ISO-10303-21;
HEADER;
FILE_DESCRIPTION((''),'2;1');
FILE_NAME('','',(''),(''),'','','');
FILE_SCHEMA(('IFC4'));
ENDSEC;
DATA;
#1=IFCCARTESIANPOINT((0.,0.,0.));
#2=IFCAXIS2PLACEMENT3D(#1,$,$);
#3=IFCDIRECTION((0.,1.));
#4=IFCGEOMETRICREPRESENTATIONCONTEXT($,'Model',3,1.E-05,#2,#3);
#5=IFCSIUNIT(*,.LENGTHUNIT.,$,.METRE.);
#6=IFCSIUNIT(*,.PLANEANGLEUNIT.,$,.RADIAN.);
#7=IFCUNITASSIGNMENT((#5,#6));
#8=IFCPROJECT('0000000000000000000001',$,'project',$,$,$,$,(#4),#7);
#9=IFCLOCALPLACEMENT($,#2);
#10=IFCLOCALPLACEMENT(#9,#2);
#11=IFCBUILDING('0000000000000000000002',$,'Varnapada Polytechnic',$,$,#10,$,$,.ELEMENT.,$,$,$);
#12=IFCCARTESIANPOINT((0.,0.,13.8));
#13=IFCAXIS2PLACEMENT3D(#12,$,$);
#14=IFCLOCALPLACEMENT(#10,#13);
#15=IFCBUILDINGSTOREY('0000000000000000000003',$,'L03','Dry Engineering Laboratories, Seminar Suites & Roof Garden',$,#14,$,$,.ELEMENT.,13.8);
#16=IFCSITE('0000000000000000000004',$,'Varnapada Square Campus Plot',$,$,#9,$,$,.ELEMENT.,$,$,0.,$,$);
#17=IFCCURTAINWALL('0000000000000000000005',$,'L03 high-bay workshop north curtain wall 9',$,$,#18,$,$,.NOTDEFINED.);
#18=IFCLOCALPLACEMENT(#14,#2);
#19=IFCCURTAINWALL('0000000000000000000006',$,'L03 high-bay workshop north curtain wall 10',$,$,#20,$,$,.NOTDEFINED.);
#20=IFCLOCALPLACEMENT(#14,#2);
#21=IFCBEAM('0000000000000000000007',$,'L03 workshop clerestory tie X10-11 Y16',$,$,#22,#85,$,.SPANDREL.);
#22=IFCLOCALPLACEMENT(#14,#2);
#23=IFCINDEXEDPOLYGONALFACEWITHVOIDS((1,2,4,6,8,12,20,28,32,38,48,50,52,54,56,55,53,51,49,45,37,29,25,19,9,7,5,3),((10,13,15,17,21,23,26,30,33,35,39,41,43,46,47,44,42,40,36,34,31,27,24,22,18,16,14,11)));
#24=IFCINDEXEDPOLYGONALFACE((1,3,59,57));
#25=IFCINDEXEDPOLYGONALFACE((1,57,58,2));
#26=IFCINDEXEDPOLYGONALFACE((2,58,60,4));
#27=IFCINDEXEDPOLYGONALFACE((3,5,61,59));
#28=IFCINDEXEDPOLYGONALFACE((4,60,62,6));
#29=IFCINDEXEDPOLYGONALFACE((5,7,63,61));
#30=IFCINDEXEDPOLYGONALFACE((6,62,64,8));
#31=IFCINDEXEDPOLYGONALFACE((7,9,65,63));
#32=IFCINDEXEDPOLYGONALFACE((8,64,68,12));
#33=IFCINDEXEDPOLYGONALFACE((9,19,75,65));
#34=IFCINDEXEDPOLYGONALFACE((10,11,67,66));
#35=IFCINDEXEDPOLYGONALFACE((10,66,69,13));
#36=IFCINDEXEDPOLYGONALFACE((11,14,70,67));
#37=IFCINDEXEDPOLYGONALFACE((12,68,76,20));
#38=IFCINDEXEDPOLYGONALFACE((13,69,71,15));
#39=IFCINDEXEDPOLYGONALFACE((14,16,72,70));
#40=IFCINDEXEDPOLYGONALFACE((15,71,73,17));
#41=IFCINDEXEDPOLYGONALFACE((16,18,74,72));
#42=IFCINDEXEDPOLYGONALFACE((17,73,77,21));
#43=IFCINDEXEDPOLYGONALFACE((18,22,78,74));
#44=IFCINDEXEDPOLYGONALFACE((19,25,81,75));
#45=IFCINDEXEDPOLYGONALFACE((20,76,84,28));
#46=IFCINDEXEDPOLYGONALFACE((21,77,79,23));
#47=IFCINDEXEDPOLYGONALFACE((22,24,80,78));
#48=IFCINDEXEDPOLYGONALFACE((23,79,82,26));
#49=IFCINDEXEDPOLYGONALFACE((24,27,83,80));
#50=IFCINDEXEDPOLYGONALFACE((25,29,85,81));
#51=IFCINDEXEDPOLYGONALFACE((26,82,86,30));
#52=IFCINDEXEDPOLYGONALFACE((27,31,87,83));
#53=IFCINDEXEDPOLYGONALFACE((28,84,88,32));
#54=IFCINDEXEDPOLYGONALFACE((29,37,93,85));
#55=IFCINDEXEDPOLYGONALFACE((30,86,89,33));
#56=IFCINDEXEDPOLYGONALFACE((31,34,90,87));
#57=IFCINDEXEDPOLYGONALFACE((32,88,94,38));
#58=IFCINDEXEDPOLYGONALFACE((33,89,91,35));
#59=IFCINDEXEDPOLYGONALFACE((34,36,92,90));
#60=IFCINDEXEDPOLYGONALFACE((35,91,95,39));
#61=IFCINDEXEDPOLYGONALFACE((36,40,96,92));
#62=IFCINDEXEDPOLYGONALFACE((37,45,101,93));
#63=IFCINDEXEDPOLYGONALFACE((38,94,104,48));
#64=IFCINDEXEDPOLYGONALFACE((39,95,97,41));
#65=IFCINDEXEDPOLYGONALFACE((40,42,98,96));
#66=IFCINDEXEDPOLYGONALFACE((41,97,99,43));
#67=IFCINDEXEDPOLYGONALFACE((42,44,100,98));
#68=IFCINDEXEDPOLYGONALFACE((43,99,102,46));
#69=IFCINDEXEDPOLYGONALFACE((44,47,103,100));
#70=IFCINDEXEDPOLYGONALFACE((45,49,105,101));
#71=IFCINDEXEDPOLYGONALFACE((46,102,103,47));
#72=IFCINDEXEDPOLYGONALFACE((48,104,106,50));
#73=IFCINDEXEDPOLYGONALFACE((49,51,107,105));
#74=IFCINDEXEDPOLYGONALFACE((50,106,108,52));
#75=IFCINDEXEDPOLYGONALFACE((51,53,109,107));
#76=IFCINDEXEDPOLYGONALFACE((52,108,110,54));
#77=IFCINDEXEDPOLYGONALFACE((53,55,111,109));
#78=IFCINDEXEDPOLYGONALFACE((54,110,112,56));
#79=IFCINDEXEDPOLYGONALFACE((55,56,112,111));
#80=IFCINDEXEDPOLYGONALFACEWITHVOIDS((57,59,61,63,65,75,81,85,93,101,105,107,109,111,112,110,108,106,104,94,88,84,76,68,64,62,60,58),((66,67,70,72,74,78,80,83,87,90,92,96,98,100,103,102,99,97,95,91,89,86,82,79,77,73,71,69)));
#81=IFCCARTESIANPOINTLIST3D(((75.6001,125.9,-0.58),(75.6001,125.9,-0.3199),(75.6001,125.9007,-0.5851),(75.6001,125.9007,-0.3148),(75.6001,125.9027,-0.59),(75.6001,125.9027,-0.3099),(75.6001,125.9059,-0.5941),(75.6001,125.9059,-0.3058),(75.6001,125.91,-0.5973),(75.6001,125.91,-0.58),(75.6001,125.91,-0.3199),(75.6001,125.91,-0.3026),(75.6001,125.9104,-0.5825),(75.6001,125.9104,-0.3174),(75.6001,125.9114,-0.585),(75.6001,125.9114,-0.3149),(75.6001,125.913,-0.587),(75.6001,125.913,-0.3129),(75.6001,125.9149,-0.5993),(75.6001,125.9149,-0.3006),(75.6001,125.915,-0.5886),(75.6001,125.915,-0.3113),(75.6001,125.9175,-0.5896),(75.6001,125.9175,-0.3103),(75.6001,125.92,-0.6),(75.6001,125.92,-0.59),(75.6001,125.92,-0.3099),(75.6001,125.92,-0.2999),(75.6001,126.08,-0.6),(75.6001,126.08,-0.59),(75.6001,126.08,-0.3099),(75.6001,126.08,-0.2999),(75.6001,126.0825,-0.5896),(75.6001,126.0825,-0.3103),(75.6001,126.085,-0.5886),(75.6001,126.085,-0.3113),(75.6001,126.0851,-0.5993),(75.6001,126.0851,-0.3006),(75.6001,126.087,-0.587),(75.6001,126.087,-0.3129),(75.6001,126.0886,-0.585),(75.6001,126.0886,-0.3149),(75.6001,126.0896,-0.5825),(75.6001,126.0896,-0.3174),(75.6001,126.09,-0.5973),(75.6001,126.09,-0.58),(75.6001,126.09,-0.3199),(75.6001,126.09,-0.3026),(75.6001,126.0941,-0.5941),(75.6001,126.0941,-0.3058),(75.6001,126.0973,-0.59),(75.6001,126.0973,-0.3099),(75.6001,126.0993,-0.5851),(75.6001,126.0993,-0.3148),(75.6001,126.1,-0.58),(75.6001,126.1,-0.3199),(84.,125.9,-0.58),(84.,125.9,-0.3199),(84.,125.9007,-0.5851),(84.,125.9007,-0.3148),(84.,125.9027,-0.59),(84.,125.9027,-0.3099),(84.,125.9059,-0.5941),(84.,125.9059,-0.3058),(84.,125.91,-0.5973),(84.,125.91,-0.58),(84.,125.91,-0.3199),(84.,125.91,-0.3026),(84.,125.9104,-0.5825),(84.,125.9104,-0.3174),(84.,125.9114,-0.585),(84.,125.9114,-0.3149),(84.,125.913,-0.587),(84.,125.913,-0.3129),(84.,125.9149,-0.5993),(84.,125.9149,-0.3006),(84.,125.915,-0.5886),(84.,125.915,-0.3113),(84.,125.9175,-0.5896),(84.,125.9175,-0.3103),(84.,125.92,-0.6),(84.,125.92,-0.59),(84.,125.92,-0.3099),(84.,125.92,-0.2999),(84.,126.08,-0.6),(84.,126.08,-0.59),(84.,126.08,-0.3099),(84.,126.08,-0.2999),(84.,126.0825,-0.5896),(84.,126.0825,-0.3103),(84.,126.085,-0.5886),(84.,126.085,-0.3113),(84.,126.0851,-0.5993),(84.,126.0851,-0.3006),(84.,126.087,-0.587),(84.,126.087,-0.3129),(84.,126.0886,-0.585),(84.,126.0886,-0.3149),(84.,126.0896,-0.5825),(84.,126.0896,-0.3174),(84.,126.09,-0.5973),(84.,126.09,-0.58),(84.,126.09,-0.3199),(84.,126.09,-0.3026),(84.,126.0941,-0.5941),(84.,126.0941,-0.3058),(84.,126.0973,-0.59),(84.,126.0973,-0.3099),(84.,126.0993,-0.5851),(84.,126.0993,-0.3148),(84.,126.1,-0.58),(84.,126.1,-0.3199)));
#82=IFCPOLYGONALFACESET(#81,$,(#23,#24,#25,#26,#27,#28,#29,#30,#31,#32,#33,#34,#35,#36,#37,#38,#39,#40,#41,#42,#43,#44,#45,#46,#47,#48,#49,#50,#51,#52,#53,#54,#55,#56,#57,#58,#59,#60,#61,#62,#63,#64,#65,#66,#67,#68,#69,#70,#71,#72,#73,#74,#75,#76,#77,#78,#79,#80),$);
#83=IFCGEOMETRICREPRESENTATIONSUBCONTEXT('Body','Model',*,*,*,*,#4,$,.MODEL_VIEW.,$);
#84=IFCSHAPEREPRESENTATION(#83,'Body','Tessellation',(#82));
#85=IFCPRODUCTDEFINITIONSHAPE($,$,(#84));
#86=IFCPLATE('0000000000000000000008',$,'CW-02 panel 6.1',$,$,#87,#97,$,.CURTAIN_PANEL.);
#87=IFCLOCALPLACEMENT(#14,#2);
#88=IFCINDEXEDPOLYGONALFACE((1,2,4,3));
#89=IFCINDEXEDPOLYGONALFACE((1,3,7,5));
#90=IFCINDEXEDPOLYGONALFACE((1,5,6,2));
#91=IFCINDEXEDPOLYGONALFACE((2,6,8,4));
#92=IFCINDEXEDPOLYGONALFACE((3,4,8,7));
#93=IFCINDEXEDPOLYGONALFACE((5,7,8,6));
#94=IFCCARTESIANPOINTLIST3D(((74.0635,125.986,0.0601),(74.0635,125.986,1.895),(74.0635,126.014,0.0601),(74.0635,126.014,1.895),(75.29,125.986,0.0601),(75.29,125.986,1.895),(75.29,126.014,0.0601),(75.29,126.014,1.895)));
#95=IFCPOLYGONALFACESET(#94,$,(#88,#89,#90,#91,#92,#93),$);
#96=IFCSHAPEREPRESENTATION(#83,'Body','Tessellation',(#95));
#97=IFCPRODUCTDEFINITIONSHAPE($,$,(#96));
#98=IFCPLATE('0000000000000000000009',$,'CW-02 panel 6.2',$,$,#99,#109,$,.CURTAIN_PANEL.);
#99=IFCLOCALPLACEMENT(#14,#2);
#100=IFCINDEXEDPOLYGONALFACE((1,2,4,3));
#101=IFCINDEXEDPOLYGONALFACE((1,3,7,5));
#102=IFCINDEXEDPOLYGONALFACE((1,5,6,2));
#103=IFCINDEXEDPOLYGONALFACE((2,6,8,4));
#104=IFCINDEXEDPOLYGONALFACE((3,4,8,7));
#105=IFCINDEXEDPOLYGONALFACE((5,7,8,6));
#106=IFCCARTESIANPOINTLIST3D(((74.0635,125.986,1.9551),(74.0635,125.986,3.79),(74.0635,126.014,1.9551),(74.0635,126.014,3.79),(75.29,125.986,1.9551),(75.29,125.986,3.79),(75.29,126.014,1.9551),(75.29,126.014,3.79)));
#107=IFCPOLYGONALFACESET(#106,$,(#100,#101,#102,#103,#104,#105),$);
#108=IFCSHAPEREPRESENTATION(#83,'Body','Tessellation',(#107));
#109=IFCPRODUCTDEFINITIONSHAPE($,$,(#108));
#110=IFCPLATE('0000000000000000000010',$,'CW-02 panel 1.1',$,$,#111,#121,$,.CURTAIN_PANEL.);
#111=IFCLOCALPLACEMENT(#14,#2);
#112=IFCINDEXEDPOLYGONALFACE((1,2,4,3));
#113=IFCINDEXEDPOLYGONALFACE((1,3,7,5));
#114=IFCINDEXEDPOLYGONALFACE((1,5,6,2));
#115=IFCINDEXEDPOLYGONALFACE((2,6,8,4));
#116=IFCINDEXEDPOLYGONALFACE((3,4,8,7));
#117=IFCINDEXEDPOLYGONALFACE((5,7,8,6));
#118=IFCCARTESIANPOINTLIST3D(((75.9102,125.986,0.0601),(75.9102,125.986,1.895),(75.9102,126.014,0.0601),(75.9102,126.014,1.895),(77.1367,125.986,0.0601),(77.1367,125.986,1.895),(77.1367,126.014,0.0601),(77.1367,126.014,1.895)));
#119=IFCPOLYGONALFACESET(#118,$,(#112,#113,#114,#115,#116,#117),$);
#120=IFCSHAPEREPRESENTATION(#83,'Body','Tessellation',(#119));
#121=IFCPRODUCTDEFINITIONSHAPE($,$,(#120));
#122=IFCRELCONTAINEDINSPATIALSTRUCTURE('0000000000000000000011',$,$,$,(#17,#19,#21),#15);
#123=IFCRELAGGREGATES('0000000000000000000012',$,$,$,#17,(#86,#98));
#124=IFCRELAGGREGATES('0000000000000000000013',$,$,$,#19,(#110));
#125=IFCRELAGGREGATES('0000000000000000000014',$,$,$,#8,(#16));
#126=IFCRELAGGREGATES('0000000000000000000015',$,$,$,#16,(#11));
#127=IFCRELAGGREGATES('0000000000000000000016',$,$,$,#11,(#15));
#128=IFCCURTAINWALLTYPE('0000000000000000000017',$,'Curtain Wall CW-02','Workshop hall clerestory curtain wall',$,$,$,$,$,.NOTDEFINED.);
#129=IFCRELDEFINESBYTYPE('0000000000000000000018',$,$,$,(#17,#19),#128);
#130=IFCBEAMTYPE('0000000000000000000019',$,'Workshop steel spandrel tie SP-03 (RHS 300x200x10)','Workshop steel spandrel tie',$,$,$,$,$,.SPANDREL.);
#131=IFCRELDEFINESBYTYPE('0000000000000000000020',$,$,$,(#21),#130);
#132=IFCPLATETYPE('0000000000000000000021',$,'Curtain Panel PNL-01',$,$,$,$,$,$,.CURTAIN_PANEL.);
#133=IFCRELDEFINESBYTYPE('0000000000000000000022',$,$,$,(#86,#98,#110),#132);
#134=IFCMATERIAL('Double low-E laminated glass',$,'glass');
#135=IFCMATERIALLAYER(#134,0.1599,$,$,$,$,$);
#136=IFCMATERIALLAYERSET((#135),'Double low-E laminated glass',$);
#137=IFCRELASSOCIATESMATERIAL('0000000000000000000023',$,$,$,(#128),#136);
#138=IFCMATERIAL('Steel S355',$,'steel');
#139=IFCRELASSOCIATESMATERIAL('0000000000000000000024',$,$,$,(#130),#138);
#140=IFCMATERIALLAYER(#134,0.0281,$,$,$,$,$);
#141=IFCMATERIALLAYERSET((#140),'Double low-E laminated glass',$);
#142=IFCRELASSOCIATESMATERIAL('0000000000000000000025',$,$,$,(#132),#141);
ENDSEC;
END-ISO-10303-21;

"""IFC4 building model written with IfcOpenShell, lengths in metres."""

from ifc_helpers import new_model, si_unit, direction, frame, origin, origin_2d, place, context, subcontext, project, spatial, rectangle, hollow_rectangle, extrude, material, layer, layer_set, material_profile, profile_set, type_object, element, aggregate, save


model = new_model("IFC4")

# Units and contexts
model_context = context("Model", 3, precision=1e-05, world=origin(), true_north=direction((0.0, 1.0)))
body_context = subcontext(model_context, "Body", "Model", "MODEL_VIEW")
ifc_project = project(units=[si_unit("LENGTHUNIT", "METRE"), si_unit("PLANEANGLEUNIT", "RADIAN")], contexts=[model_context])

# Site, building, storey
site_placement = place(None, origin())
site = spatial("IfcSite", under=ifc_project, at=site_placement, Name="Varnapada Square Campus Plot", CompositionType="ELEMENT", RefElevation=0.0)
building_placement = place(site_placement, origin())
building = spatial("IfcBuilding", under=site, at=building_placement, Name="Varnapada Polytechnic", CompositionType="ELEMENT")
storey_placement = place(building_placement, frame((0.0, 0.0, 13.8)))
storey = spatial("IfcBuildingStorey", under=building, at=storey_placement, Name="L03", Description="Dry Engineering Laboratories, Seminar Suites & Roof Garden", CompositionType="ELEMENT", Elevation=13.8)

# Shared definitions
ifc_material_1 = material(Name="Steel S355", Category="steel")

# Curtain walls
ifc_material_2 = material(Name="Double low-E laminated glass", Category="glass")
ifc_layer_1 = layer(ifc_material_2, 0.1599)
ifc_layer_set_1 = layer_set([ifc_layer_1], Name="Double low-E laminated glass")
curtain_wall_type = type_object("IfcCurtainWallType", Name="Curtain Wall CW-02", Description="Workshop hall clerestory curtain wall", PredefinedType="NOTDEFINED", material=ifc_layer_set_1)
curtain_wall_1_placement = place(storey_placement, origin())
curtain_wall_1 = element("IfcCurtainWall", 1, at=curtain_wall_1_placement, inside=storey, type_object=curtain_wall_type, Name="L03 high-bay workshop north curtain wall 9", PredefinedType="NOTDEFINED")
curtain_wall_2_placement = place(storey_placement, origin())
curtain_wall_2 = element("IfcCurtainWall", 2, at=curtain_wall_2_placement, inside=storey, type_object=curtain_wall_type, Name="L03 high-bay workshop north curtain wall 10", PredefinedType="NOTDEFINED")

# Beam
ifc_material_profile_1 = material_profile(ifc_material_1, hollow_rectangle(XDim=0.2, YDim=0.3, WallThickness=0.01, InnerFilletRadius=0.01, OuterFilletRadius=0.02, at=origin_2d()), Name="RHS 300x200x10")
ifc_profile_set_1 = profile_set([ifc_material_profile_1], Name="Steel S355")
beam_type = type_object("IfcBeamType", Name="Workshop steel spandrel tie SP-03 (RHS 300x200x10)", Description="Workshop steel spandrel tie", PredefinedType="SPANDREL", material=ifc_profile_set_1)
beam_placement = place(storey_placement, frame((75.6001, 126.0, -0.45), z_axis=(1.0, 0.0, 0.0), x_axis=(0.0, 1.0, 0.0)))
element("IfcBeam", 3, at=beam_placement, inside=storey, type_object=beam_type, Name="L03 workshop clerestory tie X10-11 Y16", PredefinedType="SPANDREL", context=body_context, shape_type="SweptSolid", body=[
    extrude(hollow_rectangle(XDim=0.2, YDim=0.3, WallThickness=0.01, InnerFilletRadius=0.01, OuterFilletRadius=0.02, at=origin_2d()), origin(), (0.0, 0.0, 1.0), 8.3999),
])

# Plates
ifc_layer_2 = layer(ifc_material_2, 0.0281)
ifc_layer_set_2 = layer_set([ifc_layer_2], Name="Double low-E laminated glass")
plate_type = type_object("IfcPlateType", Name="Curtain Panel PNL-01", PredefinedType="CURTAIN_PANEL", material=ifc_layer_set_2)
plate_1_placement = place(storey_placement, frame((74.6768, 126.0, 0.0601), z_axis=(0.0, 0.0, 1.0), x_axis=(1.0, 0.0, 0.0)))
plate_1 = element("IfcPlate", 4, at=plate_1_placement, type_object=plate_type, Name="CW-02 panel 6.1", PredefinedType="CURTAIN_PANEL", context=body_context, shape_type="SweptSolid", body=[
    extrude(rectangle(XDim=1.2266, YDim=0.0281, at=origin_2d()), origin(), (0.0, 0.0, 1.0), 1.835),
])
plate_2_placement = place(storey_placement, frame((74.6768, 126.0, 1.9551), z_axis=(0.0, 0.0, 1.0), x_axis=(1.0, 0.0, 0.0)))
plate_2 = element("IfcPlate", 5, at=plate_2_placement, type_object=plate_type, Name="CW-02 panel 6.2", PredefinedType="CURTAIN_PANEL", context=body_context, shape_type="SweptSolid", body=[
    extrude(rectangle(XDim=1.2266, YDim=0.0281, at=origin_2d()), origin(), (0.0, 0.0, 1.0), 1.835),
])
aggregate(curtain_wall_1, [plate_1, plate_2])
plate_3_placement = place(storey_placement, frame((76.5234, 126.0, 0.0601), z_axis=(0.0, 0.0, 1.0), x_axis=(1.0, 0.0, 0.0)))
plate_3 = element("IfcPlate", 6, at=plate_3_placement, type_object=plate_type, Name="CW-02 panel 1.1", PredefinedType="CURTAIN_PANEL", context=body_context, shape_type="SweptSolid", body=[
    extrude(rectangle(XDim=1.2266, YDim=0.0281, at=origin_2d()), origin(), (0.0, 0.0, 1.0), 1.835),
])
aggregate(curtain_wall_2, [plate_3])

save(model, "model.ifc")
